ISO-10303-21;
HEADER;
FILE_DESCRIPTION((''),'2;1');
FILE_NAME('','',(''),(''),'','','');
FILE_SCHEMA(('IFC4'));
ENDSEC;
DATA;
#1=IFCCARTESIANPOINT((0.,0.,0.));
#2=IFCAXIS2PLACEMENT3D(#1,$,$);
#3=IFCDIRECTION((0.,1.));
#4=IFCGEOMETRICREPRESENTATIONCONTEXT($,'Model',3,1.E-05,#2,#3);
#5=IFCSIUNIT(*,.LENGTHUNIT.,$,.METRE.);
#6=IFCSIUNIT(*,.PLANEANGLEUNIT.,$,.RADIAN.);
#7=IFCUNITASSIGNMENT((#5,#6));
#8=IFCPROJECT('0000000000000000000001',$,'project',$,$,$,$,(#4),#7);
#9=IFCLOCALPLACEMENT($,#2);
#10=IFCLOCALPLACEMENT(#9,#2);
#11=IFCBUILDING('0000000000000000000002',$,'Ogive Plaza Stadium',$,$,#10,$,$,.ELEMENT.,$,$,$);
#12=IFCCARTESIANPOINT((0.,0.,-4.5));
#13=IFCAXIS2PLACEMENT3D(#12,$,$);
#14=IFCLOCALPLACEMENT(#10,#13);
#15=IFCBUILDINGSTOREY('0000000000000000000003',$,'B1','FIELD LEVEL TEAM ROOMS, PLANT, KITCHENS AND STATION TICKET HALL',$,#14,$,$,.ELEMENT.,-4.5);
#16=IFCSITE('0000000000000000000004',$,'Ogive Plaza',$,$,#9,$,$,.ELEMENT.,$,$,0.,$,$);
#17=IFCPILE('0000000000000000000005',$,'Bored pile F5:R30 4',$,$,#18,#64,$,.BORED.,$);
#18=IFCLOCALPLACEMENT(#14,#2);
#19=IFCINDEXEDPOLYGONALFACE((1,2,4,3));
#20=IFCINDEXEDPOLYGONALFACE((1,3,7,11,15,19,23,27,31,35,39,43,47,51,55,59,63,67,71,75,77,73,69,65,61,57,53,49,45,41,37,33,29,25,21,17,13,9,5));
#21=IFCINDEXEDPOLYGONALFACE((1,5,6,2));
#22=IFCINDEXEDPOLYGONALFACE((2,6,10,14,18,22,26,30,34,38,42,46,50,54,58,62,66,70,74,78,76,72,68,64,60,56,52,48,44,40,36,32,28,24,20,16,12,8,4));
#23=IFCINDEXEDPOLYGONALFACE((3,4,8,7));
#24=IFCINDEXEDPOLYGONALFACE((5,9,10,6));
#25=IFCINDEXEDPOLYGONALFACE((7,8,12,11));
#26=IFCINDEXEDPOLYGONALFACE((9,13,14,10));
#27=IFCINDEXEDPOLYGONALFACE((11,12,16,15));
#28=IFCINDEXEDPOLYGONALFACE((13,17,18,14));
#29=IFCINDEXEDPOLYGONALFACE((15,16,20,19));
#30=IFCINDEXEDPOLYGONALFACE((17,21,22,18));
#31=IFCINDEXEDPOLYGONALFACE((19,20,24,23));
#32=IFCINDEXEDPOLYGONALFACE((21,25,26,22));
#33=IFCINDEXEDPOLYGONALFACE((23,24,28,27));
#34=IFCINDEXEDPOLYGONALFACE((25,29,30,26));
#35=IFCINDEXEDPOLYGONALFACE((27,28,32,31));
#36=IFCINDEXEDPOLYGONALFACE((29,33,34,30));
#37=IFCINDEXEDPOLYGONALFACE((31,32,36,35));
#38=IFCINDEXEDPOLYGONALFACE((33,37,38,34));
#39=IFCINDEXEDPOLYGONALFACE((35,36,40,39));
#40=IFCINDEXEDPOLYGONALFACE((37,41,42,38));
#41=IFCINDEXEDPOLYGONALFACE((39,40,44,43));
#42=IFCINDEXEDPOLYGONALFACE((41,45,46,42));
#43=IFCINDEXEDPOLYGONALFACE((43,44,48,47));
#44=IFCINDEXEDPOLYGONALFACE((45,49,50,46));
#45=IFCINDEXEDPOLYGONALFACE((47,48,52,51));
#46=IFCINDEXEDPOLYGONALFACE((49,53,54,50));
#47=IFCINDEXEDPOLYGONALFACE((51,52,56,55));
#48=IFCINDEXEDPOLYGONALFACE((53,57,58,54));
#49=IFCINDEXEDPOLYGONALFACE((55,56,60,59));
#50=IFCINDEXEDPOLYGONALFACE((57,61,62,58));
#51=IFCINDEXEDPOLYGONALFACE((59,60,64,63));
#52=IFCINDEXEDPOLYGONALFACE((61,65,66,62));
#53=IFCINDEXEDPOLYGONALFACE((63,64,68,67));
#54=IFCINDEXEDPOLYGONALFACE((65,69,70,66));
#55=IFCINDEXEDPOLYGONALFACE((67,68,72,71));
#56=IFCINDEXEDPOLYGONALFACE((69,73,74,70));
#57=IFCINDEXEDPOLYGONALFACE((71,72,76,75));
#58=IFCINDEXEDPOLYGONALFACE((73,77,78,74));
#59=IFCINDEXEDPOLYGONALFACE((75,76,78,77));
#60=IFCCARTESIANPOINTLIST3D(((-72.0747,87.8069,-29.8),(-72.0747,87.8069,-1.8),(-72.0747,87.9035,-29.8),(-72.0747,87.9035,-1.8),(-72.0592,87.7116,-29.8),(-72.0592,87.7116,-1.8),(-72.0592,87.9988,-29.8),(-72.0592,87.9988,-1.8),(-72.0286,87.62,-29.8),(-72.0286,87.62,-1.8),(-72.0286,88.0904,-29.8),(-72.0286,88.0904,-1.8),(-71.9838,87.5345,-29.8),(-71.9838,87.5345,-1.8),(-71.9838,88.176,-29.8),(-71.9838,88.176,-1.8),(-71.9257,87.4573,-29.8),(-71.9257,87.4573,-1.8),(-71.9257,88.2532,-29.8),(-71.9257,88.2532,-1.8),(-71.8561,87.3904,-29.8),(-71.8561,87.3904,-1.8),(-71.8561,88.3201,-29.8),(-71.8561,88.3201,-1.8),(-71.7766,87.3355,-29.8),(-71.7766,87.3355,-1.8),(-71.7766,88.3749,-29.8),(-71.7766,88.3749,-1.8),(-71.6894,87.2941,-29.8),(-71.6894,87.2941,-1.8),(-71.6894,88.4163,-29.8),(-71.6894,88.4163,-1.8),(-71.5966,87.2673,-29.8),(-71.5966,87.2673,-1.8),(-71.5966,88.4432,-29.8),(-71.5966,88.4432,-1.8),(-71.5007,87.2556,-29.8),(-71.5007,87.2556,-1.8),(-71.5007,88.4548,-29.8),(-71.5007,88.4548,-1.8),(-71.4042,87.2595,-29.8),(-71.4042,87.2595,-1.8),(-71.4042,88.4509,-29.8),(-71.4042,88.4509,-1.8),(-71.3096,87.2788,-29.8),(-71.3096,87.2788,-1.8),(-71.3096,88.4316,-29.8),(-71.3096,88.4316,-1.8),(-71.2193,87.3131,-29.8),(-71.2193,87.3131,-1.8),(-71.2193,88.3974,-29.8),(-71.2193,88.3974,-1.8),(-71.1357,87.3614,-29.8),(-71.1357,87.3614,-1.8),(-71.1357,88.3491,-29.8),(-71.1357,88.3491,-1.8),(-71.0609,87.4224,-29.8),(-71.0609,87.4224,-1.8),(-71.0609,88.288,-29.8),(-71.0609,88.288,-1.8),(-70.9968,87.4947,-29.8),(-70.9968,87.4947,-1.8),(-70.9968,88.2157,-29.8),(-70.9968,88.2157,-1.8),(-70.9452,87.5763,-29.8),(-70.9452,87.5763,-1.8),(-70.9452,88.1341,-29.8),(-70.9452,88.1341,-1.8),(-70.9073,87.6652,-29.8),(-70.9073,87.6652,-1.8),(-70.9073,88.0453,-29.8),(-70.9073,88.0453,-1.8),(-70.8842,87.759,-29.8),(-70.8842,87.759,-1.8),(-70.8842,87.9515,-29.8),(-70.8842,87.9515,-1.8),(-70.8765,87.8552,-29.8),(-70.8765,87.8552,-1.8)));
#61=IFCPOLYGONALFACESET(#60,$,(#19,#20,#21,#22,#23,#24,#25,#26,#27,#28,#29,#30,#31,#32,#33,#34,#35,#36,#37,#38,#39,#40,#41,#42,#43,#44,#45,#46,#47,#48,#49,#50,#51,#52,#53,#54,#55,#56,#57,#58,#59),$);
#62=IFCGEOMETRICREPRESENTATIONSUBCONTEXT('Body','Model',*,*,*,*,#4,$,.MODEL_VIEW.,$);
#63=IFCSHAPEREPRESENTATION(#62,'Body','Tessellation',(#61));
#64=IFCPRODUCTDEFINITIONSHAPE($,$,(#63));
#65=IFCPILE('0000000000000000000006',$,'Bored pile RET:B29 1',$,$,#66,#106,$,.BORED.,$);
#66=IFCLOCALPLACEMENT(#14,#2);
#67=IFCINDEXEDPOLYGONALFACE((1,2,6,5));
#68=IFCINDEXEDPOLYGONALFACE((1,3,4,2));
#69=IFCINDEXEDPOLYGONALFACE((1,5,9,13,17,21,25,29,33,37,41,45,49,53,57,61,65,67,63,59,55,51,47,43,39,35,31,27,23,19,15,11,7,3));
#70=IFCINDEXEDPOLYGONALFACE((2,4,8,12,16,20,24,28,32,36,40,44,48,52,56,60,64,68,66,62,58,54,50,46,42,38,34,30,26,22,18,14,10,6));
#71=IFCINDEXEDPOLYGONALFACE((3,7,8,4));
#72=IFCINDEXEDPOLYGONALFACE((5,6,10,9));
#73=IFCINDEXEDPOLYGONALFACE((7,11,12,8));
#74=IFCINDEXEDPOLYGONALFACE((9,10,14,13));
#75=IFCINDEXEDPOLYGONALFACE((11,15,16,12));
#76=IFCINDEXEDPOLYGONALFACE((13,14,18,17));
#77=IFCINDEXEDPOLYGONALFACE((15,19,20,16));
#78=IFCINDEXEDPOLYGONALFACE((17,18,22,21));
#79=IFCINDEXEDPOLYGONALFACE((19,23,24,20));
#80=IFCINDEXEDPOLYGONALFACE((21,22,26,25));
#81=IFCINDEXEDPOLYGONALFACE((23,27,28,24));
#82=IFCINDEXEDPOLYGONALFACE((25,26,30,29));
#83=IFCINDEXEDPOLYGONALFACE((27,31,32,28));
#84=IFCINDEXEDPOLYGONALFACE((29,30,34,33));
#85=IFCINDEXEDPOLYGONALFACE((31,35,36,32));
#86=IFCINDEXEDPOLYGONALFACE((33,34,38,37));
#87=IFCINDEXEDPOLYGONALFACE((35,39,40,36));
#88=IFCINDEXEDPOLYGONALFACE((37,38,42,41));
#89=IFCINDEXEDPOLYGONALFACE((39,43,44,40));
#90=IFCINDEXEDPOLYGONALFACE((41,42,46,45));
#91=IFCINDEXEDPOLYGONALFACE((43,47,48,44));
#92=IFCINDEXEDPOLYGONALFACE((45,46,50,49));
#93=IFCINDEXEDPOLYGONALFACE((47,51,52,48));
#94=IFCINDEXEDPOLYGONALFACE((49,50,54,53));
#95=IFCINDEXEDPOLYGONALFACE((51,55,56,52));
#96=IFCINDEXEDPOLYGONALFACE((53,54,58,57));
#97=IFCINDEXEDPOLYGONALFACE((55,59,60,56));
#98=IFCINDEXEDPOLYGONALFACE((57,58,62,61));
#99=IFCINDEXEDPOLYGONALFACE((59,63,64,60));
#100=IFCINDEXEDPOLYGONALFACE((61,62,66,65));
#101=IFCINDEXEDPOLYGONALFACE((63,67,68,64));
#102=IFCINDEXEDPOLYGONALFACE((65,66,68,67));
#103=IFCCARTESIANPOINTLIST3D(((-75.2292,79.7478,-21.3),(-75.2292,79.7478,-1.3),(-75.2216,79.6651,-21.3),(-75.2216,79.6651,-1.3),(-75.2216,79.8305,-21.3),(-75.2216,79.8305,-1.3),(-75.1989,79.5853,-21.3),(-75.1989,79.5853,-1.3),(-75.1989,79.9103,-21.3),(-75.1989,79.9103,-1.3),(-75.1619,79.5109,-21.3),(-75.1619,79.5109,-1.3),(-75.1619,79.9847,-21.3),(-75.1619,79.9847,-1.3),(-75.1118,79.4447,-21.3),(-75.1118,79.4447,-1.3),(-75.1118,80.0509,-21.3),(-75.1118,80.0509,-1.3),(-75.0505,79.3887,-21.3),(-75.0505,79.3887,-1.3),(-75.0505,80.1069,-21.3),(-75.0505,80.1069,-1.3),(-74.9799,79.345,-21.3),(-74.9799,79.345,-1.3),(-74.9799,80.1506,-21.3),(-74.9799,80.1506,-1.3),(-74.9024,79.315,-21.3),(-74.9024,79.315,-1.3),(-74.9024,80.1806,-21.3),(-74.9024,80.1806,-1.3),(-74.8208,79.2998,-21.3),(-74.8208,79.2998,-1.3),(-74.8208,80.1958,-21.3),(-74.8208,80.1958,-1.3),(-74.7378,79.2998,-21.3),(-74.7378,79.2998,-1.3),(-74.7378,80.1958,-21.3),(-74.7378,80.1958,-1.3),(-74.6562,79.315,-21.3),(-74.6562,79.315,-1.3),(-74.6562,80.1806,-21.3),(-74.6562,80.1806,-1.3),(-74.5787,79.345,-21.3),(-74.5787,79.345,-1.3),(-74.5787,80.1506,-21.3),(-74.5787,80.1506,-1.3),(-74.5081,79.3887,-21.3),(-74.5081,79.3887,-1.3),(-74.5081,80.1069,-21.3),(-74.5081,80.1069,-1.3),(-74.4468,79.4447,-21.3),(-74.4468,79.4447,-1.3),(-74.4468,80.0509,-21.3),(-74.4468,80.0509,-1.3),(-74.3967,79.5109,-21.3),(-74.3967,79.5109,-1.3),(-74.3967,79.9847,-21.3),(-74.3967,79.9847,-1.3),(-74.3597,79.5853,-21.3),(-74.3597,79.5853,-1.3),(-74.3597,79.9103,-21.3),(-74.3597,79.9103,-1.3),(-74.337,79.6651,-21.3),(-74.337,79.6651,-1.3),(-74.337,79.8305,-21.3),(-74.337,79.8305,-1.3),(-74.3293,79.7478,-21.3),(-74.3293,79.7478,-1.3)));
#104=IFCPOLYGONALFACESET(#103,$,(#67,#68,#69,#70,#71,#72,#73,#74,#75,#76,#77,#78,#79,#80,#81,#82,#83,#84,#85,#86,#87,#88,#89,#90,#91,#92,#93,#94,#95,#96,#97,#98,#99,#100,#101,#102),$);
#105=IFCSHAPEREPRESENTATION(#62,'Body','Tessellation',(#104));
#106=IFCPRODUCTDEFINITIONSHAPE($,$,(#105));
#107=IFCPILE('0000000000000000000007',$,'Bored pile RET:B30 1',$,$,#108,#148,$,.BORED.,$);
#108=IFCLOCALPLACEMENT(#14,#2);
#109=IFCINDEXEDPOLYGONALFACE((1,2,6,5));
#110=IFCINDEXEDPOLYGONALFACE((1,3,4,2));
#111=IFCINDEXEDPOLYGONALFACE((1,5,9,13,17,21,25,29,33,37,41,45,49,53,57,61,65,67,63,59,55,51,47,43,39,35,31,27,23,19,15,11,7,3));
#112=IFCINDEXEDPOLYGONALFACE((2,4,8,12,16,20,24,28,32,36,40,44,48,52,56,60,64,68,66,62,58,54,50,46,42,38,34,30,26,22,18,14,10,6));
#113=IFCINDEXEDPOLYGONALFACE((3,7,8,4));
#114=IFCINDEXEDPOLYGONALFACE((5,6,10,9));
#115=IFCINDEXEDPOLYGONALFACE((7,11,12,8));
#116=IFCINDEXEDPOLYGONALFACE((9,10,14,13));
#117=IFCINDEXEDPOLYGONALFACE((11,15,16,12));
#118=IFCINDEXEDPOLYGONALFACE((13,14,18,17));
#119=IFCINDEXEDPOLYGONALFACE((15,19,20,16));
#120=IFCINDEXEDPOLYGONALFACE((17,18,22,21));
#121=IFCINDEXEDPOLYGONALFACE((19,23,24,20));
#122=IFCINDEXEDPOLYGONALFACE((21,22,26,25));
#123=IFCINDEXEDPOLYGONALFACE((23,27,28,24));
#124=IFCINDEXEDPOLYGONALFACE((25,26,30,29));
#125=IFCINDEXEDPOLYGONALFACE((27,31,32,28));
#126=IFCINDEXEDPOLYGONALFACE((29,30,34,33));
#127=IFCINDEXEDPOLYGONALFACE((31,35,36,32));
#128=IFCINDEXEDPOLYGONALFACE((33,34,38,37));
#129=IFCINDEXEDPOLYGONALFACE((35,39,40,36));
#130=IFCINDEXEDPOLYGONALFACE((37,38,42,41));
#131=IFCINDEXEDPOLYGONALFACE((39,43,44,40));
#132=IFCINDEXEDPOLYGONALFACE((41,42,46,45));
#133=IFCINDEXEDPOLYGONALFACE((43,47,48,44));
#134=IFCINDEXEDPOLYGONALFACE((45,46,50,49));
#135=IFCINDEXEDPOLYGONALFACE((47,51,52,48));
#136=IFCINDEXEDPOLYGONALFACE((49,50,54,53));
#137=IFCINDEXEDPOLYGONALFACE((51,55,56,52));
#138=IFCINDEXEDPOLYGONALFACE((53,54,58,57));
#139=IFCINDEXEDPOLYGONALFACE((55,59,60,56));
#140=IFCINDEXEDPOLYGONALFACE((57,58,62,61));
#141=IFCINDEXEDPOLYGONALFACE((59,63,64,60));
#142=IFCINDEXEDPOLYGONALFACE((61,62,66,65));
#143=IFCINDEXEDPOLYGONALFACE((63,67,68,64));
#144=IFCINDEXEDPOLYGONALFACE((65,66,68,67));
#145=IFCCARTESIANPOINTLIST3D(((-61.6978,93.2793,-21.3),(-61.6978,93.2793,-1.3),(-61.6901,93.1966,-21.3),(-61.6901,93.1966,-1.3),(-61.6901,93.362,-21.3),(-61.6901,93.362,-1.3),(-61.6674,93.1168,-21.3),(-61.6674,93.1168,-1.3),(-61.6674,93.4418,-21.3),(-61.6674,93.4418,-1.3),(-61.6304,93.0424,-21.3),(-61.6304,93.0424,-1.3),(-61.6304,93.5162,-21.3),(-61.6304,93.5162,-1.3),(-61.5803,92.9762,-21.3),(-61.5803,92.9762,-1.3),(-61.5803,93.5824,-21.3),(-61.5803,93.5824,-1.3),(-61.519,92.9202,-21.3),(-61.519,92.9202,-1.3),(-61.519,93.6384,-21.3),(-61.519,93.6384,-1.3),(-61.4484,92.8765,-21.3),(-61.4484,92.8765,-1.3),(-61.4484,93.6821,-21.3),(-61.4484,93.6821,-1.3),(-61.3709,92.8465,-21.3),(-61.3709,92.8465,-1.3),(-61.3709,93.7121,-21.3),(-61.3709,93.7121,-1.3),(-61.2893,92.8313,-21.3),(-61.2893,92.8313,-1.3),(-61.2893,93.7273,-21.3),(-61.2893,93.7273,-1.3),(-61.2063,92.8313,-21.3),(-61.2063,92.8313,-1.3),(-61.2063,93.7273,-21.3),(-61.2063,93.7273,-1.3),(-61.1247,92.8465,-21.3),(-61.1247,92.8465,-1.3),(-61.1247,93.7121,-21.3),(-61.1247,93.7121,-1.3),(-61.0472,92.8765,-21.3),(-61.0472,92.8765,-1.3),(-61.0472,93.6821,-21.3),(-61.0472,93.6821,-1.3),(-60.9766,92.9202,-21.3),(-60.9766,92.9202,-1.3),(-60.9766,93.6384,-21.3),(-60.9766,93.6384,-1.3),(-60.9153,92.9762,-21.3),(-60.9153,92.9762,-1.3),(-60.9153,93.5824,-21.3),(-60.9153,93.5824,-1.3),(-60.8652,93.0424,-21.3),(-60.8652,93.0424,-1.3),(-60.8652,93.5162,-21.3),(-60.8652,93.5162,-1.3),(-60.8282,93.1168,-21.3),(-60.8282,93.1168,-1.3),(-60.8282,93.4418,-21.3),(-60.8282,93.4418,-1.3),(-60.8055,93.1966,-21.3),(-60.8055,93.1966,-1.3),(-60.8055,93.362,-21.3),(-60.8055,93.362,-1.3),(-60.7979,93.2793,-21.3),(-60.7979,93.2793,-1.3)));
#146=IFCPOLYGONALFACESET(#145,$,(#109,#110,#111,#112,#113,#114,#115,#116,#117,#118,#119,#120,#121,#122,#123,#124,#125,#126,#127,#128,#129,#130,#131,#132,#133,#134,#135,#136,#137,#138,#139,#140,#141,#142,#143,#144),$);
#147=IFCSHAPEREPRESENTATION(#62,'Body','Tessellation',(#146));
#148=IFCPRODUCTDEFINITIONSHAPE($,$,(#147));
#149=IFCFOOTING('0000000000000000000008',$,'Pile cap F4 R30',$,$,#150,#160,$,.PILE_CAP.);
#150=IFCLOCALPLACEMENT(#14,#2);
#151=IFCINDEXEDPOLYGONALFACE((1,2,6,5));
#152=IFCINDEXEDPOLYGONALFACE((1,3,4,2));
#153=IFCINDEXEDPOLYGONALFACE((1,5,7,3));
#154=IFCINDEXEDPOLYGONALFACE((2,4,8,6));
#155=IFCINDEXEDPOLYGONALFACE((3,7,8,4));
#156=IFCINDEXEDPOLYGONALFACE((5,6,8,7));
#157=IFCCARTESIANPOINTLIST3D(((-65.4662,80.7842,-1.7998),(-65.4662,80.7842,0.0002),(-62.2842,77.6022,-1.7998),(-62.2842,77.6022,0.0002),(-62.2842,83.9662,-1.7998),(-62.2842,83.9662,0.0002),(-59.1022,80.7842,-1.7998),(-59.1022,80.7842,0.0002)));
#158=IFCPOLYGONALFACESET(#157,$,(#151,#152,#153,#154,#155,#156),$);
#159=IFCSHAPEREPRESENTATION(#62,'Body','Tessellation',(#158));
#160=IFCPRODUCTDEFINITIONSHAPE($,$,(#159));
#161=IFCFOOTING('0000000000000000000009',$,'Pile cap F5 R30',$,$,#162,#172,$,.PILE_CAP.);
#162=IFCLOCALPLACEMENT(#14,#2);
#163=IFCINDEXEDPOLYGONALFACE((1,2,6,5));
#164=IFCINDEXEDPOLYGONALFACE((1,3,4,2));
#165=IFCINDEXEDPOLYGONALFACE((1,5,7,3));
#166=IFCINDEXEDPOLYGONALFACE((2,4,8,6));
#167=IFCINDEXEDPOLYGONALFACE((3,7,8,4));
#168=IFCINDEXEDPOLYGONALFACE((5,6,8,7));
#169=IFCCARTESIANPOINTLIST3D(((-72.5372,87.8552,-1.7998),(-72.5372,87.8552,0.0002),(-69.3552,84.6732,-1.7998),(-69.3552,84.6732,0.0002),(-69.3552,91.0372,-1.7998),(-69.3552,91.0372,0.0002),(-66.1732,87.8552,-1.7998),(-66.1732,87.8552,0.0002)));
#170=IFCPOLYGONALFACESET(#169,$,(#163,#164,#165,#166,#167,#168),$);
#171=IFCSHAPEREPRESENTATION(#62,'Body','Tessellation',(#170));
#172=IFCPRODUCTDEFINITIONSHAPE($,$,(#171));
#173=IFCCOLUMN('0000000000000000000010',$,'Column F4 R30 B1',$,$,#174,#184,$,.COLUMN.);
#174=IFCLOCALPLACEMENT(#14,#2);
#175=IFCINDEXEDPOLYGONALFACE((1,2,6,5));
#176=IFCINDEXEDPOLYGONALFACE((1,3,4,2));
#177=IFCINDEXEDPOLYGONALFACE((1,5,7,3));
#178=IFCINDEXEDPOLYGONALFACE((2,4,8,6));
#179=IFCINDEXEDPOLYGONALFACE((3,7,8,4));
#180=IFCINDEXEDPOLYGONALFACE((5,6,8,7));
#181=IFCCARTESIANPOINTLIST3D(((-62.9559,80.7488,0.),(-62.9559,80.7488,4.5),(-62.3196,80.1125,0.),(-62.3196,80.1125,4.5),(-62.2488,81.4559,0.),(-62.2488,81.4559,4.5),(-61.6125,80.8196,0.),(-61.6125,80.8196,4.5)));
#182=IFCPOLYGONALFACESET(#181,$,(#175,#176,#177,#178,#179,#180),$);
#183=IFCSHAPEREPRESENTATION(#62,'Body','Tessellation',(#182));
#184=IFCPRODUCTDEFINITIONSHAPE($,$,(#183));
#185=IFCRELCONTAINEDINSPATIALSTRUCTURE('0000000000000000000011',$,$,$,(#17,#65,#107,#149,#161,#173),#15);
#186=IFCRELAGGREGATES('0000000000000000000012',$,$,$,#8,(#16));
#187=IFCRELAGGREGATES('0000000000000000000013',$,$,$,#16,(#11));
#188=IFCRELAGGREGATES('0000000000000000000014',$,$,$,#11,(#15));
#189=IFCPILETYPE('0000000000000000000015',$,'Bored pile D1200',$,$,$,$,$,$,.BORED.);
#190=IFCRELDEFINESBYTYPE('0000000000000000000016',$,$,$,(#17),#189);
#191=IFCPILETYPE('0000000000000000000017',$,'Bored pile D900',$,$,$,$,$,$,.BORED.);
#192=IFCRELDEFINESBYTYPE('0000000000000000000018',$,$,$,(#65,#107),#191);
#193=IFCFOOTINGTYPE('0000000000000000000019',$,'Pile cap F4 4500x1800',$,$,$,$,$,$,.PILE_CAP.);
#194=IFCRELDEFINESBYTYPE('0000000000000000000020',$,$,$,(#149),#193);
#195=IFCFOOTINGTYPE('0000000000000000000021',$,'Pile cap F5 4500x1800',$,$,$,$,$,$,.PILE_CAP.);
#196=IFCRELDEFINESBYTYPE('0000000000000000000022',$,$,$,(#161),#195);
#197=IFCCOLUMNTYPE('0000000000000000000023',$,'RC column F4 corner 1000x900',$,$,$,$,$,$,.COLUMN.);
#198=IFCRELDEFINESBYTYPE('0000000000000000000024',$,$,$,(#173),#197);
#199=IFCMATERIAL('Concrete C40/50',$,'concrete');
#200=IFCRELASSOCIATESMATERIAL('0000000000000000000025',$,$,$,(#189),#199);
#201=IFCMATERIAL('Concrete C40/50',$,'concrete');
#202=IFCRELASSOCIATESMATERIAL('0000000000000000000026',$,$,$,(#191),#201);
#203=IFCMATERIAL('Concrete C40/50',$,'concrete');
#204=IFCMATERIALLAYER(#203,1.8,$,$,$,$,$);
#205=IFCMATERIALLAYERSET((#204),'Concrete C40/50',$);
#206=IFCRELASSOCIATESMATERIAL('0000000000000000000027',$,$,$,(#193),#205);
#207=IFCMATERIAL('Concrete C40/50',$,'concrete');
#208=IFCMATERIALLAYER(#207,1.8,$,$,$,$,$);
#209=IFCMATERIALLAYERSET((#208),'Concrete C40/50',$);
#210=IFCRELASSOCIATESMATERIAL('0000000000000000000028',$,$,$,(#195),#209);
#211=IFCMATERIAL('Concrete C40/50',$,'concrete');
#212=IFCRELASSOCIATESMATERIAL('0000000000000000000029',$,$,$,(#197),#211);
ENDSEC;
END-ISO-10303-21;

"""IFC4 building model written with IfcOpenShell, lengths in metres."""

from ifc_helpers import new_model, si_unit, direction, frame, origin, origin_2d, place, context, subcontext, project, spatial, rectangle, circle, extrude, material, layer, layer_set, material_profile, profile_set, type_object, element, save


model = new_model("IFC4")

# Units and contexts
model_context = context("Model", 3, precision=1e-05, world=origin(), true_north=direction((0.0, 1.0)))
body_context = subcontext(model_context, "Body", "Model", "MODEL_VIEW")
ifc_project = project(units=[si_unit("LENGTHUNIT", "METRE"), si_unit("PLANEANGLEUNIT", "RADIAN")], contexts=[model_context])

# Site, building, storey
site_placement = place(None, origin())
site = spatial("IfcSite", under=ifc_project, at=site_placement, Name="Ogive Plaza", CompositionType="ELEMENT", RefElevation=0.0)
building_placement = place(site_placement, origin())
building = spatial("IfcBuilding", under=site, at=building_placement, Name="Ogive Plaza Stadium", CompositionType="ELEMENT")
storey_placement = place(building_placement, frame((0.0, 0.0, -4.5)))
storey = spatial("IfcBuildingStorey", under=building, at=storey_placement, Name="B1", Description="FIELD LEVEL TEAM ROOMS, PLANT, KITCHENS AND STATION TICKET HALL", CompositionType="ELEMENT", Elevation=-4.5)

# Piles
ifc_material_1 = material(Name="Concrete C40/50", Category="concrete")
ifc_material_profile_1 = material_profile(ifc_material_1, circle(Radius=0.6001, at=origin_2d()), Name="RC D1200")
ifc_profile_set_1 = profile_set([ifc_material_profile_1], Name="Concrete C40/50")
pile_type_1 = type_object("IfcPileType", Name="Bored pile D1200", PredefinedType="BORED", material=ifc_profile_set_1)
for number, where, z_axis, x_axis, name in (
    (1, (-71.4766, 87.8552, -1.8), (0.0, 0.0, -1.0), (1.0, 0.0, 0.0), "Bored pile F5:R30 4"),
):
    element("IfcPile", number, at=place(storey_placement, frame(where, z_axis=z_axis, x_axis=x_axis)), inside=storey, type_object=pile_type_1, Name=name, PredefinedType="BORED", context=body_context, shape_type="SweptSolid", body=[
        extrude(circle(Radius=0.6001, at=origin_2d()), origin(), (0.0, 0.0, 1.0), 28.0),
    ])
ifc_material_2 = material(Name="Concrete C40/50", Category="concrete")
ifc_material_profile_2 = material_profile(ifc_material_2, circle(Radius=0.45, at=origin_2d()), Name="RC D900")
ifc_profile_set_2 = profile_set([ifc_material_profile_2], Name="Concrete C40/50")
pile_type_2 = type_object("IfcPileType", Name="Bored pile D900", PredefinedType="BORED", material=ifc_profile_set_2)
for number, where, z_axis, x_axis, name in (
    (2, (-74.7793, 79.7478, -1.3), (0.0, 0.0, -1.0), (1.0, 0.0, 0.0), "Bored pile RET:B29 1"),
    (3, (-61.2478, 93.2793, -1.3), (0.0, 0.0, -1.0), (1.0, 0.0, 0.0), "Bored pile RET:B30 1"),
):
    element("IfcPile", number, at=place(storey_placement, frame(where, z_axis=z_axis, x_axis=x_axis)), inside=storey, type_object=pile_type_2, Name=name, PredefinedType="BORED", context=body_context, shape_type="SweptSolid", body=[
        extrude(circle(Radius=0.45, at=origin_2d()), origin(), (0.0, 0.0, 1.0), 20.0),
    ])

# Footings
ifc_material_3 = material(Name="Concrete C40/50", Category="concrete")
ifc_layer_1 = layer(ifc_material_3, 1.8)
ifc_layer_set_1 = layer_set([ifc_layer_1], Name="Concrete C40/50")
footing_type_1 = type_object("IfcFootingType", Name="Pile cap F4 4500x1800", PredefinedType="PILE_CAP", material=ifc_layer_set_1)
footing_1_placement = place(storey_placement, frame((-62.2842, 80.7842, -1.7998), z_axis=(0.0, 0.0, 1.0), x_axis=(-0.707107, 0.707107, 0.0)))
element("IfcFooting", 4, at=footing_1_placement, inside=storey, type_object=footing_type_1, Name="Pile cap F4 R30", PredefinedType="PILE_CAP", context=body_context, shape_type="SweptSolid", body=[
    extrude(rectangle(XDim=4.5, YDim=4.5, at=origin_2d()), origin(), (0.0, 0.0, 1.0), 1.8),
])
ifc_material_4 = material(Name="Concrete C40/50", Category="concrete")
ifc_layer_2 = layer(ifc_material_4, 1.8)
ifc_layer_set_2 = layer_set([ifc_layer_2], Name="Concrete C40/50")
footing_type_2 = type_object("IfcFootingType", Name="Pile cap F5 4500x1800", PredefinedType="PILE_CAP", material=ifc_layer_set_2)
footing_2_placement = place(storey_placement, frame((-69.3552, 87.8552, -1.7998), z_axis=(0.0, 0.0, 1.0), x_axis=(-0.707107, 0.707107, 0.0)))
element("IfcFooting", 5, at=footing_2_placement, inside=storey, type_object=footing_type_2, Name="Pile cap F5 R30", PredefinedType="PILE_CAP", context=body_context, shape_type="SweptSolid", body=[
    extrude(rectangle(XDim=4.5, YDim=4.5, at=origin_2d()), origin(), (0.0, 0.0, 1.0), 1.8),
])

# Column
ifc_material_5 = material(Name="Concrete C40/50", Category="concrete")
ifc_material_profile_3 = material_profile(ifc_material_5, rectangle(XDim=1.0, YDim=0.8999, at=origin_2d()), Name="RC 1000x900")
ifc_profile_set_3 = profile_set([ifc_material_profile_3], Name="Concrete C40/50")
column_type_1 = type_object("IfcColumnType", Name="RC column F4 corner 1000x900", PredefinedType="COLUMN", material=ifc_profile_set_3)
column_1_placement = place(storey_placement, frame((-62.2842, 80.7842, 0.0), z_axis=(0.0, 0.0, 1.0), x_axis=(-0.707107, -0.707107, 0.0)))
element("IfcColumn", 6, at=column_1_placement, inside=storey, type_object=column_type_1, Name="Column F4 R30 B1", PredefinedType="COLUMN", context=body_context, shape_type="SweptSolid", body=[
    extrude(rectangle(XDim=1.0, YDim=0.8999, at=origin_2d()), origin(), (0.0, 0.0, 1.0), 4.5),
])

save(model, "model.ifc")
